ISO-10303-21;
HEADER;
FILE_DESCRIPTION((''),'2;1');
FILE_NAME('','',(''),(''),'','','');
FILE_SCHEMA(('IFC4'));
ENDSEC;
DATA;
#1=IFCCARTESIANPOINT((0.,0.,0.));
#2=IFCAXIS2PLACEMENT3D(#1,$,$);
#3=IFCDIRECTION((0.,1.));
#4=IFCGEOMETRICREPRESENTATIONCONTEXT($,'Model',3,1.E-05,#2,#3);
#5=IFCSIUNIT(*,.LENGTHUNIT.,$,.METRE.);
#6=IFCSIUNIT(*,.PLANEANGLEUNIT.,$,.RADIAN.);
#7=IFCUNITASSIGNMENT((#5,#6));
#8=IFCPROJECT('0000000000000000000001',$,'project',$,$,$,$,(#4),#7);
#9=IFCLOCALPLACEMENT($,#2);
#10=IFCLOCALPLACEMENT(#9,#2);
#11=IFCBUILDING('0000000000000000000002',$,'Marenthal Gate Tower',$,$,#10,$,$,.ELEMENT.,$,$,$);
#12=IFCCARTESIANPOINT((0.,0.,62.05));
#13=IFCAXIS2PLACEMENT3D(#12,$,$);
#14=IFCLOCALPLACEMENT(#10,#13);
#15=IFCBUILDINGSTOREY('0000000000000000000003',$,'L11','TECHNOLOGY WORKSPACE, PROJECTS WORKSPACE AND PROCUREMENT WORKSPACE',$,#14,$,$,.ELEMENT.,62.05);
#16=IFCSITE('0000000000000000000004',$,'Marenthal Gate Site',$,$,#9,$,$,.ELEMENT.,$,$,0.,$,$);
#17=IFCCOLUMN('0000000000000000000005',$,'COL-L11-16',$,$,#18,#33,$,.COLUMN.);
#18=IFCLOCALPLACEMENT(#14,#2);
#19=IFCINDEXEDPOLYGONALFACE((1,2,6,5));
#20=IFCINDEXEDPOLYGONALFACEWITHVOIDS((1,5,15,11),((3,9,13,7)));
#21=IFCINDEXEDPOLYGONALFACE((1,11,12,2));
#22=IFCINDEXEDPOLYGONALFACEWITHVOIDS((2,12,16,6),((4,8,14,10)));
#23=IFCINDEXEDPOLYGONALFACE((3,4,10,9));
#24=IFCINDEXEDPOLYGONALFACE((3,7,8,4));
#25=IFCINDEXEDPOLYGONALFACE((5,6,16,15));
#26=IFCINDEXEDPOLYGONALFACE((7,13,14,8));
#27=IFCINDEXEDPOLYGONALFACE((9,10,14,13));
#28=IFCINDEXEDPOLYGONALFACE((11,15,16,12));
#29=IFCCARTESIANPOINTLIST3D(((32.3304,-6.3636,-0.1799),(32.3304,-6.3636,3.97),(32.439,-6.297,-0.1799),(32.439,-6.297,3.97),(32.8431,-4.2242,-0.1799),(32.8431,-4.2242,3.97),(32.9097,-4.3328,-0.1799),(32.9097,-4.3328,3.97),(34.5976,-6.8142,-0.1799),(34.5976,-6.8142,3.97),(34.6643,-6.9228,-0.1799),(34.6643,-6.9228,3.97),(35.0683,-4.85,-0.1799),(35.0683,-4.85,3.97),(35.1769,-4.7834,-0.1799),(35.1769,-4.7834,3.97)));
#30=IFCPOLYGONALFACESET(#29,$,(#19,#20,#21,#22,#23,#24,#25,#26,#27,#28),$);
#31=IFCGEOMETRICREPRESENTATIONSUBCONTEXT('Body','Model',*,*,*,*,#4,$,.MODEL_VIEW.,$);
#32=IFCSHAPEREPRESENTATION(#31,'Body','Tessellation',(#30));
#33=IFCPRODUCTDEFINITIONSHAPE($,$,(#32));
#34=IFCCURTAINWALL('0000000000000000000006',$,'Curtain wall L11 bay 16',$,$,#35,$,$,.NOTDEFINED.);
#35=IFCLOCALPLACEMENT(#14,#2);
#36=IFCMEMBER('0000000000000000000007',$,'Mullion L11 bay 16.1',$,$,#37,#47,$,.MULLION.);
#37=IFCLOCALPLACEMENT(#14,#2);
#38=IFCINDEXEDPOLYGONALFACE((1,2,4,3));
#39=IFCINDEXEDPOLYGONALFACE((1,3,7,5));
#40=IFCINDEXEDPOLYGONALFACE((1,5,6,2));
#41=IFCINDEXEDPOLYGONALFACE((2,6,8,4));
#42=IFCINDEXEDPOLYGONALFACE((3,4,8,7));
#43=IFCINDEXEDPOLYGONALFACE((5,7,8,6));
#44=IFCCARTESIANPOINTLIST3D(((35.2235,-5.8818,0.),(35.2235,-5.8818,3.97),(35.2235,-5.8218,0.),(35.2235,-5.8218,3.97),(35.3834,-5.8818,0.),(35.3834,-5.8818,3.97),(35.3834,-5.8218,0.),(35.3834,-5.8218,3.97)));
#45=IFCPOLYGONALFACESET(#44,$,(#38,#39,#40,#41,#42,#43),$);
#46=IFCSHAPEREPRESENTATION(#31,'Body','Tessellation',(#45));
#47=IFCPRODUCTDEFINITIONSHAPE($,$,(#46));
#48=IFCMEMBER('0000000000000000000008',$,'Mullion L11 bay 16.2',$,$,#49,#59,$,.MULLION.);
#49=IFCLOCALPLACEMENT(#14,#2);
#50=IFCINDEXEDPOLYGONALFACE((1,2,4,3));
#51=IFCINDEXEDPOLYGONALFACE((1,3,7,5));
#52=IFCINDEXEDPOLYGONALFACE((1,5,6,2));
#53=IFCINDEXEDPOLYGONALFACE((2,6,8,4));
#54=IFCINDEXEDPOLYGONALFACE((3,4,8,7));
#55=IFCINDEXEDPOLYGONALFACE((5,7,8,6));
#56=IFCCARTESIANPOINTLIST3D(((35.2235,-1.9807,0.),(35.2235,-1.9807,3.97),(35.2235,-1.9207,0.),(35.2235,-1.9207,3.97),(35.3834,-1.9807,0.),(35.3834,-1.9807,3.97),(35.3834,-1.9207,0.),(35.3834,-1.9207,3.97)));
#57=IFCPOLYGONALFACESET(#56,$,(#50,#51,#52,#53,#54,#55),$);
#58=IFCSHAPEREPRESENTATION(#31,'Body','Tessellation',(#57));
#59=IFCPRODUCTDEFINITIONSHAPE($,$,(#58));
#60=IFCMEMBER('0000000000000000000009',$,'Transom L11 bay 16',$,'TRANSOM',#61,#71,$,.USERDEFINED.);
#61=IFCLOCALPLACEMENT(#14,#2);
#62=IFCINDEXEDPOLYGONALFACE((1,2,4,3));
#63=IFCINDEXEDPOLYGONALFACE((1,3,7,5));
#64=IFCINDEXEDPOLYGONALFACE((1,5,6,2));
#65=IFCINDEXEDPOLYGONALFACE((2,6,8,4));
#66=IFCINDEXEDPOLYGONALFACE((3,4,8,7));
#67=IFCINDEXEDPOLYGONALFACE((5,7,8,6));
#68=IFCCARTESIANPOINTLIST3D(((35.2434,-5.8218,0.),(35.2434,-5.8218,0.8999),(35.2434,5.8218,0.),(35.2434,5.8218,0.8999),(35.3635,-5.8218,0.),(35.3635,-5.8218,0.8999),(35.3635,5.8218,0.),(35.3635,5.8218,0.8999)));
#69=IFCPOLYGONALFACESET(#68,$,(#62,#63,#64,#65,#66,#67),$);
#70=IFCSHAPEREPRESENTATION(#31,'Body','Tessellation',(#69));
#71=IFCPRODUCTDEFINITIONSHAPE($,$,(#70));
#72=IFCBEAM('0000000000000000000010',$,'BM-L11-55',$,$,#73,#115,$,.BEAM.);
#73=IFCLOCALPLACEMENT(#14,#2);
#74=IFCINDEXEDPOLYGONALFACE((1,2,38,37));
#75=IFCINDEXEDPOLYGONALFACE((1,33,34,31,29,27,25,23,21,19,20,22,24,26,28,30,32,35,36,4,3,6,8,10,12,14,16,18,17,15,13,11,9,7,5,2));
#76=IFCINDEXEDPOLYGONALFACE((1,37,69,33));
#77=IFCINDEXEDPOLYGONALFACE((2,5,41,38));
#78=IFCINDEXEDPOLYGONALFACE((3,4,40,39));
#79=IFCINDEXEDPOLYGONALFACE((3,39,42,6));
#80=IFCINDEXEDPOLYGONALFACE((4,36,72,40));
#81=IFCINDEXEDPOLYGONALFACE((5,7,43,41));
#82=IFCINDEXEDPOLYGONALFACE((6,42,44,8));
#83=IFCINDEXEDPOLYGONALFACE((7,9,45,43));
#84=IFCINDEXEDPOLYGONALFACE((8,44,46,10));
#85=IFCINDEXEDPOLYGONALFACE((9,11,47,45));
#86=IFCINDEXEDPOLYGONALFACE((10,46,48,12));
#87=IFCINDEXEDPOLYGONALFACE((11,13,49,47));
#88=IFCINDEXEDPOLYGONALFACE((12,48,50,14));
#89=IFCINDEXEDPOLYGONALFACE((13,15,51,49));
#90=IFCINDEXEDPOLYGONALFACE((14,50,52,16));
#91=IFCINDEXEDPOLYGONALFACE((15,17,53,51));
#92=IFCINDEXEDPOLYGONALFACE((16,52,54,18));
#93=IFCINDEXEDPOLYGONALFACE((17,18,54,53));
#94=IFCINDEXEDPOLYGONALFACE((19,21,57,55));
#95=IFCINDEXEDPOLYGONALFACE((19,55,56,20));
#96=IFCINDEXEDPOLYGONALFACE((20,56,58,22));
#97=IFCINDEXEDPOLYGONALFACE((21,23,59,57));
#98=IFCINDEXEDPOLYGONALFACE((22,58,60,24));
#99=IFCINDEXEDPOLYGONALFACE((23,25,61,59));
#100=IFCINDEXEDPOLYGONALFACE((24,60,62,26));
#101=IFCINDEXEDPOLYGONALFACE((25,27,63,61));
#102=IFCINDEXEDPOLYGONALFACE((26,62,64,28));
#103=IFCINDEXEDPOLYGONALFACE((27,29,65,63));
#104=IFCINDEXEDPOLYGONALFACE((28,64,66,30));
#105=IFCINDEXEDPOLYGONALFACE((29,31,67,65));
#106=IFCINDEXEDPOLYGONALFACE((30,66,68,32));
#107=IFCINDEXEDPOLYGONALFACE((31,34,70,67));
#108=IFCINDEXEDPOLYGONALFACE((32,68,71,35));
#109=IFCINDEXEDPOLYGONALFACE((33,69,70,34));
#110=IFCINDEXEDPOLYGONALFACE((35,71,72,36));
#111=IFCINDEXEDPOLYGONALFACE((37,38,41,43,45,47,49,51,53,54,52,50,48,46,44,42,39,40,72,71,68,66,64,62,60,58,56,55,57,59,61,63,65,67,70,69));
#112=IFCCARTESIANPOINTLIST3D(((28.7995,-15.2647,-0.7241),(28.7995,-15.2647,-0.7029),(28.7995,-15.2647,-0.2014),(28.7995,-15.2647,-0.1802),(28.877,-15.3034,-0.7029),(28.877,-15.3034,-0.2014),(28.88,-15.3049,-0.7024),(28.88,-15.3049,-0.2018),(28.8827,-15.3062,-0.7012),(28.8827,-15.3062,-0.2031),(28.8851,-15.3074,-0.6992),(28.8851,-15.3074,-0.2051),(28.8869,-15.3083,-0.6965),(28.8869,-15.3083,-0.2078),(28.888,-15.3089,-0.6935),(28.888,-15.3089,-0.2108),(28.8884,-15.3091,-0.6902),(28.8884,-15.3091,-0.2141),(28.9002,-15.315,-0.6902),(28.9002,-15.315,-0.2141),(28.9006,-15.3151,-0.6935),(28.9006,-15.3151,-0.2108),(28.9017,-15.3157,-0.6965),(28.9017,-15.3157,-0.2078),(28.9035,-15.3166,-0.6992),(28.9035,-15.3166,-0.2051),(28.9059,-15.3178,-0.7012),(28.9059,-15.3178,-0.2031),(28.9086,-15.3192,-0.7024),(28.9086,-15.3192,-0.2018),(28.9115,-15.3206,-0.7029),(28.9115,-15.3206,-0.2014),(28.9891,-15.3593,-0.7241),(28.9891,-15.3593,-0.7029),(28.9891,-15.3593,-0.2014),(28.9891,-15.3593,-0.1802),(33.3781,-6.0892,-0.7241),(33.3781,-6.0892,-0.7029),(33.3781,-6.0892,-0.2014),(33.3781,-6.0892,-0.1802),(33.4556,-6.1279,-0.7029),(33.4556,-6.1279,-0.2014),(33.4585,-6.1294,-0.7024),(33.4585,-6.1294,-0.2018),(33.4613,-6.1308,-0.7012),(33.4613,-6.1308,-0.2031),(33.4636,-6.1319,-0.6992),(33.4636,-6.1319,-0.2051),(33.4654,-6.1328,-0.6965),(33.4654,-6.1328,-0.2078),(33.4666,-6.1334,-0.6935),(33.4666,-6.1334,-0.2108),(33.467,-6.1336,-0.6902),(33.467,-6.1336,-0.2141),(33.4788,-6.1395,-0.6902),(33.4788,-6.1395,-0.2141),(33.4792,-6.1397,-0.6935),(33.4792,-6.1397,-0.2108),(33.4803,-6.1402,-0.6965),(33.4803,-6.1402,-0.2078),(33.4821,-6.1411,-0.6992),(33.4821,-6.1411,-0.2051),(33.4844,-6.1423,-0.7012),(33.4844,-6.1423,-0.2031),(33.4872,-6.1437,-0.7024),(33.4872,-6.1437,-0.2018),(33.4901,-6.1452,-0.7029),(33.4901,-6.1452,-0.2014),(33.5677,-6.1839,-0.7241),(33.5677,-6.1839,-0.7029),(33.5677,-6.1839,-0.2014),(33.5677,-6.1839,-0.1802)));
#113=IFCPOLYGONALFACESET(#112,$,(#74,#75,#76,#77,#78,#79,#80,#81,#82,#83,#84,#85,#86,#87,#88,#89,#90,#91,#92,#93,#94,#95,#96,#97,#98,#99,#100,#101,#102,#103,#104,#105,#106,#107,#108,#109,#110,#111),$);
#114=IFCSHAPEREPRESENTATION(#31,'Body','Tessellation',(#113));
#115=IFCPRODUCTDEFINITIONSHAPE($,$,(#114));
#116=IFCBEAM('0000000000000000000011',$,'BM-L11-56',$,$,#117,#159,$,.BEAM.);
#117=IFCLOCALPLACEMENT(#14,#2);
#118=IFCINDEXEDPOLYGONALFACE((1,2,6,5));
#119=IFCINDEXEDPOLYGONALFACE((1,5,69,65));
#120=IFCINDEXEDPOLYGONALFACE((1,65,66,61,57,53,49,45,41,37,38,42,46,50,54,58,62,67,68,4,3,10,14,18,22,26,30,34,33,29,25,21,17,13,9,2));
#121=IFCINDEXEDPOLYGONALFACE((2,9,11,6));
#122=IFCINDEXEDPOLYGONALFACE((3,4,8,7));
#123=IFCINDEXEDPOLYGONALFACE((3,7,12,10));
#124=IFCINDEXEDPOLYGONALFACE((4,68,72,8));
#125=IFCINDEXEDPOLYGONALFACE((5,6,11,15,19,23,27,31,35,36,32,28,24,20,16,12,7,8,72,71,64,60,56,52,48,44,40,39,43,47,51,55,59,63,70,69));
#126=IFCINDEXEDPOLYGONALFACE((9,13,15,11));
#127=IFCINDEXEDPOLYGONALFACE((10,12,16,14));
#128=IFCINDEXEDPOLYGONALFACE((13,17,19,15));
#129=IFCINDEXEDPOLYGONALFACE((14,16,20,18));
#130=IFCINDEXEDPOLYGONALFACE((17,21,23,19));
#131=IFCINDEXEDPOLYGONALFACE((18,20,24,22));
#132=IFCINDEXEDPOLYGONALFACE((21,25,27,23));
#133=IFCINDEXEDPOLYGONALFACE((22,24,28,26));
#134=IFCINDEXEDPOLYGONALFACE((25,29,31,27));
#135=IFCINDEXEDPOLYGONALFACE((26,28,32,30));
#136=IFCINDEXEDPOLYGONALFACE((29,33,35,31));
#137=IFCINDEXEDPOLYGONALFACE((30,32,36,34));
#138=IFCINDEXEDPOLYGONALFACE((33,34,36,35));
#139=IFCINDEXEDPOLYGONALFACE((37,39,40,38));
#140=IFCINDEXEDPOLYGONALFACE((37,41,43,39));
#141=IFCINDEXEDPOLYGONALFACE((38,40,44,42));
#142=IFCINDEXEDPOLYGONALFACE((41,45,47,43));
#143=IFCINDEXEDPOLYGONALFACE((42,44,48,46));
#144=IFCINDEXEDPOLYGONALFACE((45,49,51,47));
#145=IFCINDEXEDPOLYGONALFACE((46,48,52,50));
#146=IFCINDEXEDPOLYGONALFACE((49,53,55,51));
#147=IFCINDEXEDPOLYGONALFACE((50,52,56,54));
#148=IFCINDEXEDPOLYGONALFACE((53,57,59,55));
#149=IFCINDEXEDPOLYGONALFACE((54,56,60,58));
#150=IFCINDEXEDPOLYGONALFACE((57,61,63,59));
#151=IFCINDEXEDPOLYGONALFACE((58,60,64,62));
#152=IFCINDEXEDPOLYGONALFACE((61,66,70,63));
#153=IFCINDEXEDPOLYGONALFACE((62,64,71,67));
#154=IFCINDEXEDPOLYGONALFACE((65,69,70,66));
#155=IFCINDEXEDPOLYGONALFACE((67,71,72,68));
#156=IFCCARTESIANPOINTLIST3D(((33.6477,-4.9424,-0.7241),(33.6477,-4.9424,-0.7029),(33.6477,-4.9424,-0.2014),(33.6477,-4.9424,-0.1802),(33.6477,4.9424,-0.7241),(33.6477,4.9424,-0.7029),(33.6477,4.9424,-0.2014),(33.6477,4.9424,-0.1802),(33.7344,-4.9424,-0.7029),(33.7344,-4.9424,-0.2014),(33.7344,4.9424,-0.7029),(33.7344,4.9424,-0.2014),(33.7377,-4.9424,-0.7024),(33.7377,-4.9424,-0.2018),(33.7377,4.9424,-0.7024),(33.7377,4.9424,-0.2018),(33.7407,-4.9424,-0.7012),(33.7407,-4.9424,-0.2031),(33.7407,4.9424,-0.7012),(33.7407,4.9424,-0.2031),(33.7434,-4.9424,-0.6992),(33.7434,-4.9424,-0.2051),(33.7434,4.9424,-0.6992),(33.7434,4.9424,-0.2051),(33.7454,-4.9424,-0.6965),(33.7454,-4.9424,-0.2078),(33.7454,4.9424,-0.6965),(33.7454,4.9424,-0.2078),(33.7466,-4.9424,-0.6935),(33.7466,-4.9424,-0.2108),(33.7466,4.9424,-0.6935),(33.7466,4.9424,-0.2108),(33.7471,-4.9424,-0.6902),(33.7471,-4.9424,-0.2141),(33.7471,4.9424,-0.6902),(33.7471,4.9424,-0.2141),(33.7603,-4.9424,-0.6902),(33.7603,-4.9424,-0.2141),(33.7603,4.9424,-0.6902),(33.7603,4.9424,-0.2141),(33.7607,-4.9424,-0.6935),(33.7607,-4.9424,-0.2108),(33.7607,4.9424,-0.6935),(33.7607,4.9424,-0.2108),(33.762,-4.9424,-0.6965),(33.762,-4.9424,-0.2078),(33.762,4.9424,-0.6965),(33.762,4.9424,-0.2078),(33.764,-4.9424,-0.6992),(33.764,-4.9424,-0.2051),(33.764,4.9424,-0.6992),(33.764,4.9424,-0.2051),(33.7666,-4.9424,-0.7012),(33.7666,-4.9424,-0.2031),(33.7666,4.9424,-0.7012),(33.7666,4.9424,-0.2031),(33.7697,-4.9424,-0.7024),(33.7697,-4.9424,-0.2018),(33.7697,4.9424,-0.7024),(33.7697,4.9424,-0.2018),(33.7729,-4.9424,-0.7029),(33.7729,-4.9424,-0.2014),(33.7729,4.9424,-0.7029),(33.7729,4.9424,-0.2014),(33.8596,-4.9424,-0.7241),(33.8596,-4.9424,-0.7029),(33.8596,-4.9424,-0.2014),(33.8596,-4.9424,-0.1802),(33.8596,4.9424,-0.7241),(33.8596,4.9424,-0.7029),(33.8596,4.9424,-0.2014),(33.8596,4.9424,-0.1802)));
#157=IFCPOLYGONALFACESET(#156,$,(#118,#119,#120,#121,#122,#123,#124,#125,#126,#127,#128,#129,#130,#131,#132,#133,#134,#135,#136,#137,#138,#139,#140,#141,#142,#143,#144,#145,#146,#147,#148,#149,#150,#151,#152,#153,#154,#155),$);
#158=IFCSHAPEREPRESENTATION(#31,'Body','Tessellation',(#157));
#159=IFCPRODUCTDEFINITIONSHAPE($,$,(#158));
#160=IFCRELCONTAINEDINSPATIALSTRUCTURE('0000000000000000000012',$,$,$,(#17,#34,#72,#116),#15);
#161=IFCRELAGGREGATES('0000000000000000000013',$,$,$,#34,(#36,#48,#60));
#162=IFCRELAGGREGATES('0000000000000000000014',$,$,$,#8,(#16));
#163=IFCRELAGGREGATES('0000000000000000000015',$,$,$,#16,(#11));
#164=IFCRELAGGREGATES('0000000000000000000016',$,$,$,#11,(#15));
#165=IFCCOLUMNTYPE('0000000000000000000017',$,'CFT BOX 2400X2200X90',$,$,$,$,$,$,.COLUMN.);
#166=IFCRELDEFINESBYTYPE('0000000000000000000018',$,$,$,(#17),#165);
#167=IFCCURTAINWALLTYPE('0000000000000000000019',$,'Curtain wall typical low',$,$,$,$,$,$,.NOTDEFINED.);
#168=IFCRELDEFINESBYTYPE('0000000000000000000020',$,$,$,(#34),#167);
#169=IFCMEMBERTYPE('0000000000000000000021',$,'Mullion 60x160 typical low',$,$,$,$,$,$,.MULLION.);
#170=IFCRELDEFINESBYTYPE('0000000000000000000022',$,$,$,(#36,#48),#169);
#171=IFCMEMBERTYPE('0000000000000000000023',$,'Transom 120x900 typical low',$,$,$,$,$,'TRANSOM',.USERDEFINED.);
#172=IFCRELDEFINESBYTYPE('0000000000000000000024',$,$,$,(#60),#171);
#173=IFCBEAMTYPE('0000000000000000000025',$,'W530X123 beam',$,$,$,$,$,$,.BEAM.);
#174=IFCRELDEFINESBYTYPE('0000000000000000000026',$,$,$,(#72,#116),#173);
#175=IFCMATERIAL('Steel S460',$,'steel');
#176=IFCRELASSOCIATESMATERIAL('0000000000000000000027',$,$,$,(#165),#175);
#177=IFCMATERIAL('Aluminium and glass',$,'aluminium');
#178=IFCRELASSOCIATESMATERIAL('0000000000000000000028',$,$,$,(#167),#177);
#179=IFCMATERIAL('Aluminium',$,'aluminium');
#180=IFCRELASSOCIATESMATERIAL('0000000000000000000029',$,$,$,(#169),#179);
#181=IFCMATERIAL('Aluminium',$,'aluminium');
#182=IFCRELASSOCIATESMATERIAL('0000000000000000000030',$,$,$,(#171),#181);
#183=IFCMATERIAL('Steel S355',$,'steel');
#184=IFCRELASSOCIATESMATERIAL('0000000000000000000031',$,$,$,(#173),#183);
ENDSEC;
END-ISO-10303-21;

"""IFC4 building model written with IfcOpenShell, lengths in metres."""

from ifc_helpers import new_model, si_unit, direction, frame, origin, origin_2d, place, context, subcontext, project, spatial, rectangle, hollow_rectangle, i_section, extrude, material, material_profile, profile_set, type_object, element, aggregate, save


model = new_model("IFC4")

# Units and contexts
model_context = context("Model", 3, precision=1e-05, world=origin(), true_north=direction((0.0, 1.0)))
body_context = subcontext(model_context, "Body", "Model", "MODEL_VIEW")
ifc_project = project(units=[si_unit("LENGTHUNIT", "METRE"), si_unit("PLANEANGLEUNIT", "RADIAN")], contexts=[model_context])

# Site, building, storey
site_placement = place(None, origin())
site = spatial("IfcSite", under=ifc_project, at=site_placement, Name="Marenthal Gate Site", CompositionType="ELEMENT", RefElevation=0.0)
building_placement = place(site_placement, origin())
building = spatial("IfcBuilding", under=site, at=building_placement, Name="Marenthal Gate Tower", CompositionType="ELEMENT")
storey_placement = place(building_placement, frame((0.0, 0.0, 62.05)))
storey = spatial("IfcBuildingStorey", under=building, at=storey_placement, Name="L11", Description="TECHNOLOGY WORKSPACE, PROJECTS WORKSPACE AND PROCUREMENT WORKSPACE", CompositionType="ELEMENT", Elevation=62.05)

# Column
ifc_material_1 = material(Name="Steel S460", Category="steel")
ifc_material_profile_1 = material_profile(ifc_material_1, hollow_rectangle(XDim=2.2, YDim=2.3999, WallThickness=0.0901, at=origin_2d()), Name="CFT BOX 2400X2200X90")
ifc_material_2 = material(Name="Concrete 70 MPa", Category="concrete")
ifc_material_profile_2 = material_profile(ifc_material_2, rectangle(XDim=2.02, YDim=2.22, at=origin_2d()), Name="CFT BOX 2400X2200X90 INFILL")
ifc_profile_set_1 = profile_set([ifc_material_profile_1, ifc_material_profile_2], Name="Steel S460 shell, Concrete 70 MPa infill")
column_type = type_object("IfcColumnType", Name="CFT BOX 2400X2200X90", PredefinedType="COLUMN", material=ifc_profile_set_1)
column_placement = place(storey_placement, frame((33.7537, -5.5735, -0.1799), z_axis=(0.0, 0.0, 1.0), x_axis=(-0.233019, -0.972472, 0.0)))
element("IfcColumn", 1, at=column_placement, inside=storey, type_object=column_type, Name="COL-L11-16", PredefinedType="COLUMN", context=body_context, shape_type="SweptSolid", body=[
    extrude(hollow_rectangle(XDim=2.2, YDim=2.3999, WallThickness=0.0901, at=origin_2d()), origin(), (0.0, 0.0, 1.0), 4.1499),
])

# Curtain wall, members
ifc_material_3 = material(Name="Aluminium and glass", Category="aluminium")
curtain_wall_type = type_object("IfcCurtainWallType", Name="Curtain wall typical low", PredefinedType="NOTDEFINED", material=ifc_material_3)
curtain_wall_placement = place(storey_placement, origin())
curtain_wall = element("IfcCurtainWall", 2, at=curtain_wall_placement, inside=storey, type_object=curtain_wall_type, Name="Curtain wall L11 bay 16", PredefinedType="NOTDEFINED")
ifc_material_4 = material(Name="Aluminium", Category="aluminium")
ifc_material_profile_3 = material_profile(ifc_material_4, rectangle(XDim=0.1599, YDim=0.0601, at=origin_2d()), Name="60x160 aluminium mullion")
ifc_profile_set_2 = profile_set([ifc_material_profile_3], Name="Aluminium")
member_type_1 = type_object("IfcMemberType", Name="Mullion 60x160 typical low", PredefinedType="MULLION", material=ifc_profile_set_2)
member_1_placement = place(storey_placement, frame((35.3035, -5.8518, 0.0), z_axis=(0.0, 0.0, 1.0), x_axis=(-1.0, 0.0, 0.0)))
member_1 = element("IfcMember", 3, at=member_1_placement, type_object=member_type_1, Name="Mullion L11 bay 16.1", PredefinedType="MULLION", context=body_context, shape_type="SweptSolid", body=[
    extrude(rectangle(XDim=0.1599, YDim=0.0601, at=origin_2d()), origin(), (0.0, 0.0, 1.0), 3.97),
])
member_2_placement = place(storey_placement, frame((35.3035, -1.9507, 0.0), z_axis=(0.0, 0.0, 1.0), x_axis=(-1.0, 0.0, 0.0)))
member_2 = element("IfcMember", 4, at=member_2_placement, type_object=member_type_1, Name="Mullion L11 bay 16.2", PredefinedType="MULLION", context=body_context, shape_type="SweptSolid", body=[
    extrude(rectangle(XDim=0.1599, YDim=0.0601, at=origin_2d()), origin(), (0.0, 0.0, 1.0), 3.97),
])
ifc_material_5 = material(Name="Aluminium", Category="aluminium")
ifc_material_profile_4 = material_profile(ifc_material_5, rectangle(XDim=0.1201, YDim=0.8999, at=origin_2d()), Name="120x900 aluminium transom")
ifc_profile_set_3 = profile_set([ifc_material_profile_4], Name="Aluminium")
member_type_2 = type_object("IfcMemberType", Name="Transom 120x900 typical low", ElementType="TRANSOM", PredefinedType="USERDEFINED", material=ifc_profile_set_3)
member_3_placement = place(storey_placement, frame((35.3035, -5.8218, 0.45), z_axis=(0.0, 1.0, 0.0), x_axis=(-1.0, 0.0, 0.0)))
member_3 = element("IfcMember", 5, at=member_3_placement, type_object=member_type_2, Name="Transom L11 bay 16", ObjectType="TRANSOM", PredefinedType="USERDEFINED", context=body_context, shape_type="SweptSolid", body=[
    extrude(rectangle(XDim=0.1201, YDim=0.8999, at=origin_2d()), origin(), (0.0, 0.0, 1.0), 11.6436),
])

# Beams
ifc_material_6 = material(Name="Steel S355", Category="steel")
ifc_material_profile_5 = material_profile(ifc_material_6, i_section(OverallWidth=0.2119, OverallDepth=0.5439, WebThickness=0.0132, FlangeThickness=0.0212, FilletRadius=0.0127, at=origin_2d()), Name="W530X123")
ifc_profile_set_4 = profile_set([ifc_material_profile_5], Name="Steel S355")
beam_type_1 = type_object("IfcBeamType", Name="W530X123 beam", PredefinedType="BEAM", material=ifc_profile_set_4)
beam_1_placement = place(storey_placement, frame((28.8943, -15.312, -0.4521), z_axis=(0.446499, 0.894784, 0.0), x_axis=(-0.894784, 0.446499, 0.0)))
element("IfcBeam", 6, at=beam_1_placement, inside=storey, type_object=beam_type_1, Name="BM-L11-55", PredefinedType="BEAM", context=body_context, shape_type="SweptSolid", body=[
    extrude(i_section(OverallWidth=0.2119, OverallDepth=0.5439, WebThickness=0.0132, FlangeThickness=0.0212, FilletRadius=0.0127, at=origin_2d()), origin(), (0.0, 0.0, 1.0), 10.2544),
])
beam_2_placement = place(storey_placement, frame((33.7537, -4.9424, -0.4521), z_axis=(0.0, 1.0, 0.0), x_axis=(-1.0, 0.0, 0.0)))
element("IfcBeam", 7, at=beam_2_placement, inside=storey, type_object=beam_type_1, Name="BM-L11-56", PredefinedType="BEAM", context=body_context, shape_type="SweptSolid", body=[
    extrude(i_section(OverallWidth=0.2119, OverallDepth=0.5439, WebThickness=0.0132, FlangeThickness=0.0212, FilletRadius=0.0127, at=origin_2d()), origin(), (0.0, 0.0, 1.0), 9.8848),
])

aggregate(curtain_wall, [member_1, member_2, member_3])

save(model, "model.ifc")
